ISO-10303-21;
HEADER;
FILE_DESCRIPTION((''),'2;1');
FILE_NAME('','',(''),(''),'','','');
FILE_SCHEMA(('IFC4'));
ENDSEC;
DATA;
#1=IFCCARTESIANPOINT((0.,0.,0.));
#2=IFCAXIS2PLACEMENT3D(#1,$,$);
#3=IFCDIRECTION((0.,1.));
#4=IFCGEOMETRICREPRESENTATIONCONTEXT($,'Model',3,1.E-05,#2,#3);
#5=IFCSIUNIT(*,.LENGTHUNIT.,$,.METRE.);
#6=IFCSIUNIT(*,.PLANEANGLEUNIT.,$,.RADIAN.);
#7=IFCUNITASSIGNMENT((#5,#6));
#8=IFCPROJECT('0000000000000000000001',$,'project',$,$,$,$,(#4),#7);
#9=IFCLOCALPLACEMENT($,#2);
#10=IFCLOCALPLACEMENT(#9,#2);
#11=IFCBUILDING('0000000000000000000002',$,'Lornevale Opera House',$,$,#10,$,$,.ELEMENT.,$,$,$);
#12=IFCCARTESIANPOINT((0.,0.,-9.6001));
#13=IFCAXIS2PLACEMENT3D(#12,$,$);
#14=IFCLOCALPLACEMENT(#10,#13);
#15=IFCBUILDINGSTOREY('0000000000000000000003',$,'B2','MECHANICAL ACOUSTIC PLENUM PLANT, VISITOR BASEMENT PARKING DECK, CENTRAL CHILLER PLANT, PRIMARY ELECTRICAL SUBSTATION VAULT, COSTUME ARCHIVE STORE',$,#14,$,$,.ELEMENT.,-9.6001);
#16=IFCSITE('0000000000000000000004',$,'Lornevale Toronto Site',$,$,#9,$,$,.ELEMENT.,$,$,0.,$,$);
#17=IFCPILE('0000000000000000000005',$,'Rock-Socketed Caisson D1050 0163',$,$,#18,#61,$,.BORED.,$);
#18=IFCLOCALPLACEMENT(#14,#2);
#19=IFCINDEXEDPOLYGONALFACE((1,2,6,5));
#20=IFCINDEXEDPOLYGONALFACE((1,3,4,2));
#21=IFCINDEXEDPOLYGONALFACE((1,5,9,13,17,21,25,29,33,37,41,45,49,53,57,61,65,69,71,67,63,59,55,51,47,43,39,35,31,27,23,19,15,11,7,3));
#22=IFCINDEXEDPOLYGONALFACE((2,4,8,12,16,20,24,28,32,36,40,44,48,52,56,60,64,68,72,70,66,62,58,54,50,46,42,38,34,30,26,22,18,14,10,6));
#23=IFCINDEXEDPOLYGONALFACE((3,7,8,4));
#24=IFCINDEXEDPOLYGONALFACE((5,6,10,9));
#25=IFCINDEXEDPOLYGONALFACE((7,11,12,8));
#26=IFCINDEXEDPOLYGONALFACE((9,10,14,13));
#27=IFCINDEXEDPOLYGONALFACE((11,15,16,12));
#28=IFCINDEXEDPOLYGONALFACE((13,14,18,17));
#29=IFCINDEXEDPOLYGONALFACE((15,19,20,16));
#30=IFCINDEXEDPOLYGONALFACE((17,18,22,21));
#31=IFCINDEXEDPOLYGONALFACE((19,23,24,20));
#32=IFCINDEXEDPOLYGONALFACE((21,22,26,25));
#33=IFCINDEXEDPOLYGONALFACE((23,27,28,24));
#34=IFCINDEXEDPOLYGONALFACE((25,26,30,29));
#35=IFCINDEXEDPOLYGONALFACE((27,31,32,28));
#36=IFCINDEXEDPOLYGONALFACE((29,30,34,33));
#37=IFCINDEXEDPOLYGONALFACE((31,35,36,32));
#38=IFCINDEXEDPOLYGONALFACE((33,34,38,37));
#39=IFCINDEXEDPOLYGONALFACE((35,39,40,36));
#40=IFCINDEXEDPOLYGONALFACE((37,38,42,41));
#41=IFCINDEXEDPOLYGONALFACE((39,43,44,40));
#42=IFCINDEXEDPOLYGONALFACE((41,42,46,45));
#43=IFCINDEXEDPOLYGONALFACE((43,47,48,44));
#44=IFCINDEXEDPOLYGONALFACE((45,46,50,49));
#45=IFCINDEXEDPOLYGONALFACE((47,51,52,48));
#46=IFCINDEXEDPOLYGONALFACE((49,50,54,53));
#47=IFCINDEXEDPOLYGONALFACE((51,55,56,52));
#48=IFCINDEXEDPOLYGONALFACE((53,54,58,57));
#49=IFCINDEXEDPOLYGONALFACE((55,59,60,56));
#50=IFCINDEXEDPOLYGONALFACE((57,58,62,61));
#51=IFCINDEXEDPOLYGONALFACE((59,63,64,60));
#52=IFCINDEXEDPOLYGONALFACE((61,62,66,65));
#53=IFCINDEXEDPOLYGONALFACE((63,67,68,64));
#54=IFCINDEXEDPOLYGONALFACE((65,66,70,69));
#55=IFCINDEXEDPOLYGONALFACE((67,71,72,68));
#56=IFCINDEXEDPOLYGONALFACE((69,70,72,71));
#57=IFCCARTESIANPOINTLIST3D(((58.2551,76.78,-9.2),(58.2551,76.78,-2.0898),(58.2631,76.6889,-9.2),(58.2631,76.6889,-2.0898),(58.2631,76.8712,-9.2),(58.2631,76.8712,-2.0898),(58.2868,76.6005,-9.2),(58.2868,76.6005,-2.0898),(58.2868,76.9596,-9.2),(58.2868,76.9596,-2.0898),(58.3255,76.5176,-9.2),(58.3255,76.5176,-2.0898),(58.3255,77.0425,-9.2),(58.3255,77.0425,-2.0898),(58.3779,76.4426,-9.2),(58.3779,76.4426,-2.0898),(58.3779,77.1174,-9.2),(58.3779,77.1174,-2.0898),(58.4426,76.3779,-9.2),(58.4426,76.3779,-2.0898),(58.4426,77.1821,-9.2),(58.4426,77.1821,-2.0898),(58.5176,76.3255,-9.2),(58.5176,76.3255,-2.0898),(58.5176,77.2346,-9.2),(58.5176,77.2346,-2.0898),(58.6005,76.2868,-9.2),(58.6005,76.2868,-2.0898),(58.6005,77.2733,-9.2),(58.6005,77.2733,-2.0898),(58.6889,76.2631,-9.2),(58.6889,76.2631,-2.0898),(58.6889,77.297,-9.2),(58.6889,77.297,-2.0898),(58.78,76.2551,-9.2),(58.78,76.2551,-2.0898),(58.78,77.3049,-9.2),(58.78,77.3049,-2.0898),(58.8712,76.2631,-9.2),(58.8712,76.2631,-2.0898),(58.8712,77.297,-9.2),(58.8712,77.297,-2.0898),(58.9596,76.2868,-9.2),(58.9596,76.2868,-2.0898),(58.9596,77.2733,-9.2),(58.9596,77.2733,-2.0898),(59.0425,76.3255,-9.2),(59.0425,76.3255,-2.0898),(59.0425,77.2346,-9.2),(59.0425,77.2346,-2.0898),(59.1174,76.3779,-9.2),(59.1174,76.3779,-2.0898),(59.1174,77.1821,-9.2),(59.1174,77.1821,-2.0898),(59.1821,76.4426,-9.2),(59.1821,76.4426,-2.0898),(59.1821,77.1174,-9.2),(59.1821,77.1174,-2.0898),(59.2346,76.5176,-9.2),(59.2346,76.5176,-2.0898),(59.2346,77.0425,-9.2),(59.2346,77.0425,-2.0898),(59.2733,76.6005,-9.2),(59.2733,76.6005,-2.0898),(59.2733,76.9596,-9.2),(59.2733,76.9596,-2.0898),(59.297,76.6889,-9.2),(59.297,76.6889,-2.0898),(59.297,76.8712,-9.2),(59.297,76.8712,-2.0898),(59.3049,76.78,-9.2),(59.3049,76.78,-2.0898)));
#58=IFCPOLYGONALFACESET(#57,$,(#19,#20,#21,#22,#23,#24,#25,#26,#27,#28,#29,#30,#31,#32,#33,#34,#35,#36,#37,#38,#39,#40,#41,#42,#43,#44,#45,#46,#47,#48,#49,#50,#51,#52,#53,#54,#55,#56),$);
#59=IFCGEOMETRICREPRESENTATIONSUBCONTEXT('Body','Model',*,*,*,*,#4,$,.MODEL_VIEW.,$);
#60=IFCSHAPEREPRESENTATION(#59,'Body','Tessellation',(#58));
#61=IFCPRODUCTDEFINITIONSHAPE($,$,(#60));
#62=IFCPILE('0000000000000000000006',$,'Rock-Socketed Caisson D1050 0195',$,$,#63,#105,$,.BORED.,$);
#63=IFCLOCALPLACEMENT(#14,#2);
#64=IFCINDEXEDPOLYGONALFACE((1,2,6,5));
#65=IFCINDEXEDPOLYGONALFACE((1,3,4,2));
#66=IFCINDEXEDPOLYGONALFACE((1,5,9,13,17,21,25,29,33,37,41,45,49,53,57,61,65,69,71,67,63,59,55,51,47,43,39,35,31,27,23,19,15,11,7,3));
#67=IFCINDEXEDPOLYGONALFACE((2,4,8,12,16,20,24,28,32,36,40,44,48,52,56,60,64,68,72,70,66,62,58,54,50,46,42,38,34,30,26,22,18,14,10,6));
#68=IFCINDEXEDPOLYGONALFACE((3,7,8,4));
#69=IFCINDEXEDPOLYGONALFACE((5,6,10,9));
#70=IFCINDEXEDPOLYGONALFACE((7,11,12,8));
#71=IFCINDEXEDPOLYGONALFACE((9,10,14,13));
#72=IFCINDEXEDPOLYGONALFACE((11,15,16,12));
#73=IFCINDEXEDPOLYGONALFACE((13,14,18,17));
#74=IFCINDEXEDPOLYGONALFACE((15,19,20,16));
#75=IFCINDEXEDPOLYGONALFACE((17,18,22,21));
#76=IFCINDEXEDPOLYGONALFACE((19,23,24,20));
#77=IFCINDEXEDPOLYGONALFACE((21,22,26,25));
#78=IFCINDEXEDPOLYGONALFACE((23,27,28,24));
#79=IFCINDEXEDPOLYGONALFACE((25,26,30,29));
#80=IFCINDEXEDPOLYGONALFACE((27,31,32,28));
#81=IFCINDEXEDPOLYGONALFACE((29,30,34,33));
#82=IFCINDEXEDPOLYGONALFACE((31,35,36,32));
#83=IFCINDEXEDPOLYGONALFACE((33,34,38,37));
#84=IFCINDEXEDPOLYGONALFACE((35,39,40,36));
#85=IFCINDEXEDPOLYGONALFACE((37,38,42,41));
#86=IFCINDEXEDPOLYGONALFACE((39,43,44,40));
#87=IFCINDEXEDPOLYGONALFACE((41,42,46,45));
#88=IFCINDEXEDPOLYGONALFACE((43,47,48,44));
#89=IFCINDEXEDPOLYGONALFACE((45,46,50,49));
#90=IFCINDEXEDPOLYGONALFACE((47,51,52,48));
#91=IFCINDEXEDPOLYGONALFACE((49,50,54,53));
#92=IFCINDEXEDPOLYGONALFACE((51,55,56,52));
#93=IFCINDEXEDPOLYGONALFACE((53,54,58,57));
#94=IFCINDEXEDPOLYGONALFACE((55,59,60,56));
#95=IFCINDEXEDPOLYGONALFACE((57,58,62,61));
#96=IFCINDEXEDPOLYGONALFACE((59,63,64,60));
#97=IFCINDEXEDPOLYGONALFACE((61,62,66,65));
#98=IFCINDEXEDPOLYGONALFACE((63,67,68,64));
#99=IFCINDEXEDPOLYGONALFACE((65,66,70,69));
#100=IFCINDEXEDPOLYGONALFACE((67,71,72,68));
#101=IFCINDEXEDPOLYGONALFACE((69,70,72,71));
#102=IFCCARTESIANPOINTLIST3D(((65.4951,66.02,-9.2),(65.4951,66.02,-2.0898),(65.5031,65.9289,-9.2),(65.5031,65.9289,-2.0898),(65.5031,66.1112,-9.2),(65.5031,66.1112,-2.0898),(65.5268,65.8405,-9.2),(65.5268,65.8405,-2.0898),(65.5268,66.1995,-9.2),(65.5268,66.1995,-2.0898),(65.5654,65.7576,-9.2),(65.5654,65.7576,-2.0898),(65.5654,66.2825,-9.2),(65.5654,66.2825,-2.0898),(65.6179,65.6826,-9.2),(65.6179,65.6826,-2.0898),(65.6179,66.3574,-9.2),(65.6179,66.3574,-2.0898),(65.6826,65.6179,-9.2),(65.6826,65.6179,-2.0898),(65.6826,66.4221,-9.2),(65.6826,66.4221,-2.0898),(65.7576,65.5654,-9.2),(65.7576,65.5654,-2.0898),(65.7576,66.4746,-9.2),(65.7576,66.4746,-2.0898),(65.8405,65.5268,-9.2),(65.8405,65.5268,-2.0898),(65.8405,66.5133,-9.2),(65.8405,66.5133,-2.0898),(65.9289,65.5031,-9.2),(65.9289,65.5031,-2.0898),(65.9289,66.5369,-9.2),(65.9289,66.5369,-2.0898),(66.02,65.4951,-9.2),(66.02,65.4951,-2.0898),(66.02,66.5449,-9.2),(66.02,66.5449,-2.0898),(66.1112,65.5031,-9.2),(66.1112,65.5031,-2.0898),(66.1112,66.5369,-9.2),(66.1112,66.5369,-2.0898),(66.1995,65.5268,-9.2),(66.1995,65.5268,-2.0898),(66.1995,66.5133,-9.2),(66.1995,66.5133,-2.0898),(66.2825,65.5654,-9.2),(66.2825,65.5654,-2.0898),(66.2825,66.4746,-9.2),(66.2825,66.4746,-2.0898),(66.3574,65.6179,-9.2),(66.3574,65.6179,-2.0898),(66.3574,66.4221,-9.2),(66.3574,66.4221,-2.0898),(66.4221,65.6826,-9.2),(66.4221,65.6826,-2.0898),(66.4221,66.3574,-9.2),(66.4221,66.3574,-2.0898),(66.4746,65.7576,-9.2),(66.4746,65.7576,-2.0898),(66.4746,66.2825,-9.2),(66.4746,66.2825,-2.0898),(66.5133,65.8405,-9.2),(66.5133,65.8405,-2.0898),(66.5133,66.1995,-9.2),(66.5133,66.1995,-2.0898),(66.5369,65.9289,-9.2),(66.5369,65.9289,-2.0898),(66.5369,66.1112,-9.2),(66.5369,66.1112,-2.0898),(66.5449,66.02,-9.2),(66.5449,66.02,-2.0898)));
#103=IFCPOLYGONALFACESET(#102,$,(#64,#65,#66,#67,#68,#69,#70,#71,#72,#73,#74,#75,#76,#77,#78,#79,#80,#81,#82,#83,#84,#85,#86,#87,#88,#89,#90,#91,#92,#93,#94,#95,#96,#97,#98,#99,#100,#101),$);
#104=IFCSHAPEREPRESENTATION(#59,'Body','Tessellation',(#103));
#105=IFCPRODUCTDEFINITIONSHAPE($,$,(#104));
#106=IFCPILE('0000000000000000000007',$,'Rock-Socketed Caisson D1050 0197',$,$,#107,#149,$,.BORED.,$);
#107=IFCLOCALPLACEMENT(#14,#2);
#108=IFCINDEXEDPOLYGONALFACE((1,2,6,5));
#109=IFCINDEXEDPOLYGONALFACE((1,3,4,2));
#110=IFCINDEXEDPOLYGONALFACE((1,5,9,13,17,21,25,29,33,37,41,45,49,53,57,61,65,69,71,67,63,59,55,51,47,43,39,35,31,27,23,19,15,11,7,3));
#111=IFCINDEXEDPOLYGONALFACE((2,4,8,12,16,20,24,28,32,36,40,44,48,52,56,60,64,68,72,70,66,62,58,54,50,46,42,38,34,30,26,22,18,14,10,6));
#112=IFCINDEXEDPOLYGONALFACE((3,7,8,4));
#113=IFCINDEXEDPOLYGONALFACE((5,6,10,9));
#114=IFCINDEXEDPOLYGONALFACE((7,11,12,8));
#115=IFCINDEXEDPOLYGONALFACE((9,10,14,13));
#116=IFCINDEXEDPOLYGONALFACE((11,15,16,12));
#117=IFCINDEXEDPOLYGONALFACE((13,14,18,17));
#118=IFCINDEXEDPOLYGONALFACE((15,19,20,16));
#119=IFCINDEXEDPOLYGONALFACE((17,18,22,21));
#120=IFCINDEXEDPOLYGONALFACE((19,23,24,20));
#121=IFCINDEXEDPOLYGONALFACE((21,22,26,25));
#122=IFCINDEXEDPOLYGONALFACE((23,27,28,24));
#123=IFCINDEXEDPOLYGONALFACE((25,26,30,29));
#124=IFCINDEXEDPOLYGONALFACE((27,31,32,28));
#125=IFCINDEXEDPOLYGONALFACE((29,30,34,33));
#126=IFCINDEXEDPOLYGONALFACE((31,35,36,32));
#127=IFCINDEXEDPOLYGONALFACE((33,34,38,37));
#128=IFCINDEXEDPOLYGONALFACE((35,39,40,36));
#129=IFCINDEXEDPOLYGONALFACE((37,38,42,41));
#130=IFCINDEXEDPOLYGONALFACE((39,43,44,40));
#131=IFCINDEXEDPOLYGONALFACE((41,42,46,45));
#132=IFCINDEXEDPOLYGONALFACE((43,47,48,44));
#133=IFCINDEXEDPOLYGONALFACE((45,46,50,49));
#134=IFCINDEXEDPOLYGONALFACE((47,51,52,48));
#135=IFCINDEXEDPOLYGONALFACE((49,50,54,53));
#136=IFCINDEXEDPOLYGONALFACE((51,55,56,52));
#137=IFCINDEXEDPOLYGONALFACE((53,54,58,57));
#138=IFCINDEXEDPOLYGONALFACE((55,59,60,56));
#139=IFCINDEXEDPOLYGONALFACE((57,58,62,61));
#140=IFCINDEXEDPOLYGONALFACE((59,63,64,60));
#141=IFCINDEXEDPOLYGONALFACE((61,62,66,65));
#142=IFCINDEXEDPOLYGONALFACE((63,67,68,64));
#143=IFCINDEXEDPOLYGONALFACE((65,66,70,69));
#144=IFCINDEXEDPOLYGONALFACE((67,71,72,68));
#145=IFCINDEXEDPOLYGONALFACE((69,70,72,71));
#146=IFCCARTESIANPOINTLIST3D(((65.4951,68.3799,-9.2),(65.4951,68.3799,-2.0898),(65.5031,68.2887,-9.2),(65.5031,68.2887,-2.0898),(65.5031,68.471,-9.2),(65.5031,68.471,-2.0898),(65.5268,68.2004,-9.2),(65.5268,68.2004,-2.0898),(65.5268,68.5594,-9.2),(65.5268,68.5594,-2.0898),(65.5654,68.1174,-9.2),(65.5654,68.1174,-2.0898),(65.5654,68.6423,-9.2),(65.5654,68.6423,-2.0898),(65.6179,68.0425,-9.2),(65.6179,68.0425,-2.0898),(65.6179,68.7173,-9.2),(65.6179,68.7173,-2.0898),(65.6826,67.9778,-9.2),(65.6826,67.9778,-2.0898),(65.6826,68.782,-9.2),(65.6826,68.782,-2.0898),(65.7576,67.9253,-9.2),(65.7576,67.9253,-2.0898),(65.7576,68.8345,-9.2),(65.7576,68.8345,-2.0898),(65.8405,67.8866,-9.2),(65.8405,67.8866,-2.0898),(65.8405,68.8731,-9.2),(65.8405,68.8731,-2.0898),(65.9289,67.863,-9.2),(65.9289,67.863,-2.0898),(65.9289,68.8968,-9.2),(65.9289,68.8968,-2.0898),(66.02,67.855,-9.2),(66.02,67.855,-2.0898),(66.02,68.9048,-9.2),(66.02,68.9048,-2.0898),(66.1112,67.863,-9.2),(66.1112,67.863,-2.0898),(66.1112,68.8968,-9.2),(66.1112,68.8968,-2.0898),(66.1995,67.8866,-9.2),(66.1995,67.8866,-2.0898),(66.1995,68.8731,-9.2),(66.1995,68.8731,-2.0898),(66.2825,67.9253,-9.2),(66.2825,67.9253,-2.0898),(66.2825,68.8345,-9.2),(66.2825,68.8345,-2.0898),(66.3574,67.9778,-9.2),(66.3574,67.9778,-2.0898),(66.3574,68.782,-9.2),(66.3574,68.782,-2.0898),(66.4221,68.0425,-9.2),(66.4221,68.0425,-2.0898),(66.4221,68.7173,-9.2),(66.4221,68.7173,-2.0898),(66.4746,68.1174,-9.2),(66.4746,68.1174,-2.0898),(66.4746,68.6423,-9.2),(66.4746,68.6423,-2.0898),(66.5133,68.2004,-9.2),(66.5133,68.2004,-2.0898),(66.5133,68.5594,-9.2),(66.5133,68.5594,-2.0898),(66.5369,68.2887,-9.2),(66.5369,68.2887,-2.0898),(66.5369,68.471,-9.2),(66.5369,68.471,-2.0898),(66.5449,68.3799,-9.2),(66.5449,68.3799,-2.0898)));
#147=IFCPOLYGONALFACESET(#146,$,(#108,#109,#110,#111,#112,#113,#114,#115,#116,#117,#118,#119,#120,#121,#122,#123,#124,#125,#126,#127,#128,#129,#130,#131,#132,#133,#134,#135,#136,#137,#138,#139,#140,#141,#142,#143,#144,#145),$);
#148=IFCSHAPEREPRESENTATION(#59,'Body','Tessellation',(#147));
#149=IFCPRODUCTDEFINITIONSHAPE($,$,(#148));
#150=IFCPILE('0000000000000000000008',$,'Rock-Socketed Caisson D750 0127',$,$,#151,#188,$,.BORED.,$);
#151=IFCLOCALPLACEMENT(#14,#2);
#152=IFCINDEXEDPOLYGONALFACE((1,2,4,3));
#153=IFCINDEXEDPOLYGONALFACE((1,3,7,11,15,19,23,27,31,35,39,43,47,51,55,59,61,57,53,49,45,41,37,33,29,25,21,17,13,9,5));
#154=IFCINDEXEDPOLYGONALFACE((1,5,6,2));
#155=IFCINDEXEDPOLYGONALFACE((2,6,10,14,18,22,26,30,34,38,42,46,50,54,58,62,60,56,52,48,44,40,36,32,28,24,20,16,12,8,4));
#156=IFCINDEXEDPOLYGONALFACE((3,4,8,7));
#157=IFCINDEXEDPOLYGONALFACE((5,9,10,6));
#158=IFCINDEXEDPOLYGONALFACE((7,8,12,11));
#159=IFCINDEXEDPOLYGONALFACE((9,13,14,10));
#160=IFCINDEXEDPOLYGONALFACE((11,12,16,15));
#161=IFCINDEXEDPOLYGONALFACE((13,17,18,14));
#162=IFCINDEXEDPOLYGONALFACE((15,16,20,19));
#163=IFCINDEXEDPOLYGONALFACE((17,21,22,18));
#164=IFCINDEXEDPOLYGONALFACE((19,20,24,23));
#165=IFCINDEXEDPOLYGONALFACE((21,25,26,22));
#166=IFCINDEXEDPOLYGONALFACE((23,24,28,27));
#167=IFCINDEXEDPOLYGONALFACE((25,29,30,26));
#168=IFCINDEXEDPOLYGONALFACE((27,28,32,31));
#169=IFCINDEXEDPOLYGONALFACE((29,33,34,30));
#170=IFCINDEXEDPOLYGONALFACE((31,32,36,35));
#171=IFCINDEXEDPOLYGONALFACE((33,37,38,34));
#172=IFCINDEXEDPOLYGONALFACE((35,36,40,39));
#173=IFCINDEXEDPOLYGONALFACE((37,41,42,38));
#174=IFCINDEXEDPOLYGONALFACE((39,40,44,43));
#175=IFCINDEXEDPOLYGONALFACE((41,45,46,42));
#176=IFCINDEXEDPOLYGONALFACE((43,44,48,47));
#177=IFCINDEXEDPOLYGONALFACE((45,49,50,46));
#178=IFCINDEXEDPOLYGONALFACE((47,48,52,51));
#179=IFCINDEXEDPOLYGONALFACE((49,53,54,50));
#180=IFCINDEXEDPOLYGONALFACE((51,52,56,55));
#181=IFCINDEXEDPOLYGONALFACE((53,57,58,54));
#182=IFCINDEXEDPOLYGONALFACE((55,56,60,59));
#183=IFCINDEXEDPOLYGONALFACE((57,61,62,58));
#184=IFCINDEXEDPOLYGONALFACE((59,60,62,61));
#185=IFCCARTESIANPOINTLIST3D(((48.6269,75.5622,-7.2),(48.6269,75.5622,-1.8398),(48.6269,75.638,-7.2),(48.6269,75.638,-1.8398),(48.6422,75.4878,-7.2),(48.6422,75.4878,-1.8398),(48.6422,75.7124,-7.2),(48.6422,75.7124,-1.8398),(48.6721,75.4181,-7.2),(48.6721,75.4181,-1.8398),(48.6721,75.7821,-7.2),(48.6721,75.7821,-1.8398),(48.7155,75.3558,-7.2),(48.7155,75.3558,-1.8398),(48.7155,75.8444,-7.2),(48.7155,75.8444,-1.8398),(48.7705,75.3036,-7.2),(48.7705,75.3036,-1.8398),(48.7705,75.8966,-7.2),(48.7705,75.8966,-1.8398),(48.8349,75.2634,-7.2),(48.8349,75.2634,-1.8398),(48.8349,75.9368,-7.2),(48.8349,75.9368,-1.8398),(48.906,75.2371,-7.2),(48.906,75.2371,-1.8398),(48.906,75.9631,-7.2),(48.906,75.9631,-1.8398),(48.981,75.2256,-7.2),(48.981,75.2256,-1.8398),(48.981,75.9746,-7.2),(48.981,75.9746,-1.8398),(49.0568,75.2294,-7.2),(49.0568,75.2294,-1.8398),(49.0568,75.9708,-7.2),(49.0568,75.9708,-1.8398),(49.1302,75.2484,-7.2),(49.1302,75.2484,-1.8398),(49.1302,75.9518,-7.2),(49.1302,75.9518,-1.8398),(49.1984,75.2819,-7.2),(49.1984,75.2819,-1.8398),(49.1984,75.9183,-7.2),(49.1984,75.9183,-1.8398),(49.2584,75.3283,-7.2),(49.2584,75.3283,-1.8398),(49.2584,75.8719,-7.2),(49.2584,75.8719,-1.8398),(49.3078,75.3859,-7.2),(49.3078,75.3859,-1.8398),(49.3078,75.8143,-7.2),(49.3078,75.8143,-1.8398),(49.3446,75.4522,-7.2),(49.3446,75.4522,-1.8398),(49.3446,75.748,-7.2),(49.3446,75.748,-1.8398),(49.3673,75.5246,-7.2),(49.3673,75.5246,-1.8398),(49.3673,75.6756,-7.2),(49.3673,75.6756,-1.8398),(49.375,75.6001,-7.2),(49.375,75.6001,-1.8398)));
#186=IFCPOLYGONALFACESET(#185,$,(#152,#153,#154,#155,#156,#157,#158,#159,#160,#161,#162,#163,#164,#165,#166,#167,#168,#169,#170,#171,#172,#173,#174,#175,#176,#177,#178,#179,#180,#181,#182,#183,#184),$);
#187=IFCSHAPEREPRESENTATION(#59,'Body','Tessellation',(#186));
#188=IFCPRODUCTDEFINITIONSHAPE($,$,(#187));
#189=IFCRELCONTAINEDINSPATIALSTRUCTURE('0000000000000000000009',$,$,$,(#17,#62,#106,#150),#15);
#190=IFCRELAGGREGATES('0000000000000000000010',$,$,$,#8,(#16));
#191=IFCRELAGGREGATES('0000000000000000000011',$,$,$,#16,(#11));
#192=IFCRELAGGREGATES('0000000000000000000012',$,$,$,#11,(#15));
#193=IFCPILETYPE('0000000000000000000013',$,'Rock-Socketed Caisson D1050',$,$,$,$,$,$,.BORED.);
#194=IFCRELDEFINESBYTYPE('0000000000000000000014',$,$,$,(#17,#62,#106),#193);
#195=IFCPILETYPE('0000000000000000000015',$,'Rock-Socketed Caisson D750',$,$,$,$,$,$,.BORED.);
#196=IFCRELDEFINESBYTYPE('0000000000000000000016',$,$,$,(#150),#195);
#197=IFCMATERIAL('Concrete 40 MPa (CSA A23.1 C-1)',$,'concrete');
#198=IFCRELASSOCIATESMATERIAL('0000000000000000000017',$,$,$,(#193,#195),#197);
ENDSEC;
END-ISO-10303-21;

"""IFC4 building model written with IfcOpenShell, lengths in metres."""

from ifc_helpers import new_model, si_unit, direction, frame, origin, origin_2d, place, context, subcontext, project, spatial, circle, extrude, material, material_profile, profile_set, type_object, element, save


model = new_model("IFC4")

# Units and contexts
model_context = context("Model", 3, precision=1e-05, world=origin(), true_north=direction((0.0, 1.0)))
body_context = subcontext(model_context, "Body", "Model", "MODEL_VIEW")
ifc_project = project(units=[si_unit("LENGTHUNIT", "METRE"), si_unit("PLANEANGLEUNIT", "RADIAN")], contexts=[model_context])

# Site, building, storey
site_placement = place(None, origin())
site = spatial("IfcSite", under=ifc_project, at=site_placement, Name="Lornevale Toronto Site", CompositionType="ELEMENT", RefElevation=0.0)
building_placement = place(site_placement, origin())
building = spatial("IfcBuilding", under=site, at=building_placement, Name="Lornevale Opera House", CompositionType="ELEMENT")
storey_placement = place(building_placement, frame((0.0, 0.0, -9.6001)))
storey = spatial("IfcBuildingStorey", under=building, at=storey_placement, Name="B2", Description="MECHANICAL ACOUSTIC PLENUM PLANT, VISITOR BASEMENT PARKING DECK, CENTRAL CHILLER PLANT, PRIMARY ELECTRICAL SUBSTATION VAULT, COSTUME ARCHIVE STORE", CompositionType="ELEMENT", Elevation=-9.6001)

# Piles
ifc_material_1 = material(Name="Concrete 40 MPa (CSA A23.1 C-1)", Category="concrete")
ifc_material_profile_1 = material_profile(ifc_material_1, circle(Radius=0.5249, at=origin_2d()), Name="CAIS1050")
ifc_profile_set_1 = profile_set([ifc_material_profile_1], Name="Concrete 40 MPa (CSA A23.1 C-1)")
pile_type_1 = type_object("IfcPileType", Name="Rock-Socketed Caisson D1050", PredefinedType="BORED", material=ifc_profile_set_1)
for number, where, z_axis, x_axis, name in (
    (1, (58.78, 76.78, -2.0898), (0.0, 0.0, -1.0), (1.0, 0.0, 0.0), "Rock-Socketed Caisson D1050 0163"),
    (2, (66.02, 66.02, -2.0898), (0.0, 0.0, -1.0), (1.0, 0.0, 0.0), "Rock-Socketed Caisson D1050 0195"),
    (3, (66.02, 68.3799, -2.0898), (0.0, 0.0, -1.0), (1.0, 0.0, 0.0), "Rock-Socketed Caisson D1050 0197"),
):
    element("IfcPile", number, at=place(storey_placement, frame(where, z_axis=z_axis, x_axis=x_axis)), inside=storey, type_object=pile_type_1, Name=name, PredefinedType="BORED", context=body_context, shape_type="SweptSolid", body=[
        extrude(circle(Radius=0.5249, at=origin_2d()), origin(), (0.0, 0.0, 1.0), 7.1101),
    ])
ifc_material_profile_2 = material_profile(ifc_material_1, circle(Radius=0.375, at=origin_2d()), Name="CAIS750")
ifc_profile_set_2 = profile_set([ifc_material_profile_2], Name="Concrete 40 MPa (CSA A23.1 C-1)")
pile_type_2 = type_object("IfcPileType", Name="Rock-Socketed Caisson D750", PredefinedType="BORED", material=ifc_profile_set_2)
pile_1_placement = place(storey_placement, frame((49.0, 75.6001, -1.8398), z_axis=(0.0, 0.0, -1.0), x_axis=(1.0, 0.0, 0.0)))
element("IfcPile", 4, at=pile_1_placement, inside=storey, type_object=pile_type_2, Name="Rock-Socketed Caisson D750 0127", PredefinedType="BORED", context=body_context, shape_type="SweptSolid", body=[
    extrude(circle(Radius=0.375, at=origin_2d()), origin(), (0.0, 0.0, 1.0), 5.3601),
])

save(model, "model.ifc")
